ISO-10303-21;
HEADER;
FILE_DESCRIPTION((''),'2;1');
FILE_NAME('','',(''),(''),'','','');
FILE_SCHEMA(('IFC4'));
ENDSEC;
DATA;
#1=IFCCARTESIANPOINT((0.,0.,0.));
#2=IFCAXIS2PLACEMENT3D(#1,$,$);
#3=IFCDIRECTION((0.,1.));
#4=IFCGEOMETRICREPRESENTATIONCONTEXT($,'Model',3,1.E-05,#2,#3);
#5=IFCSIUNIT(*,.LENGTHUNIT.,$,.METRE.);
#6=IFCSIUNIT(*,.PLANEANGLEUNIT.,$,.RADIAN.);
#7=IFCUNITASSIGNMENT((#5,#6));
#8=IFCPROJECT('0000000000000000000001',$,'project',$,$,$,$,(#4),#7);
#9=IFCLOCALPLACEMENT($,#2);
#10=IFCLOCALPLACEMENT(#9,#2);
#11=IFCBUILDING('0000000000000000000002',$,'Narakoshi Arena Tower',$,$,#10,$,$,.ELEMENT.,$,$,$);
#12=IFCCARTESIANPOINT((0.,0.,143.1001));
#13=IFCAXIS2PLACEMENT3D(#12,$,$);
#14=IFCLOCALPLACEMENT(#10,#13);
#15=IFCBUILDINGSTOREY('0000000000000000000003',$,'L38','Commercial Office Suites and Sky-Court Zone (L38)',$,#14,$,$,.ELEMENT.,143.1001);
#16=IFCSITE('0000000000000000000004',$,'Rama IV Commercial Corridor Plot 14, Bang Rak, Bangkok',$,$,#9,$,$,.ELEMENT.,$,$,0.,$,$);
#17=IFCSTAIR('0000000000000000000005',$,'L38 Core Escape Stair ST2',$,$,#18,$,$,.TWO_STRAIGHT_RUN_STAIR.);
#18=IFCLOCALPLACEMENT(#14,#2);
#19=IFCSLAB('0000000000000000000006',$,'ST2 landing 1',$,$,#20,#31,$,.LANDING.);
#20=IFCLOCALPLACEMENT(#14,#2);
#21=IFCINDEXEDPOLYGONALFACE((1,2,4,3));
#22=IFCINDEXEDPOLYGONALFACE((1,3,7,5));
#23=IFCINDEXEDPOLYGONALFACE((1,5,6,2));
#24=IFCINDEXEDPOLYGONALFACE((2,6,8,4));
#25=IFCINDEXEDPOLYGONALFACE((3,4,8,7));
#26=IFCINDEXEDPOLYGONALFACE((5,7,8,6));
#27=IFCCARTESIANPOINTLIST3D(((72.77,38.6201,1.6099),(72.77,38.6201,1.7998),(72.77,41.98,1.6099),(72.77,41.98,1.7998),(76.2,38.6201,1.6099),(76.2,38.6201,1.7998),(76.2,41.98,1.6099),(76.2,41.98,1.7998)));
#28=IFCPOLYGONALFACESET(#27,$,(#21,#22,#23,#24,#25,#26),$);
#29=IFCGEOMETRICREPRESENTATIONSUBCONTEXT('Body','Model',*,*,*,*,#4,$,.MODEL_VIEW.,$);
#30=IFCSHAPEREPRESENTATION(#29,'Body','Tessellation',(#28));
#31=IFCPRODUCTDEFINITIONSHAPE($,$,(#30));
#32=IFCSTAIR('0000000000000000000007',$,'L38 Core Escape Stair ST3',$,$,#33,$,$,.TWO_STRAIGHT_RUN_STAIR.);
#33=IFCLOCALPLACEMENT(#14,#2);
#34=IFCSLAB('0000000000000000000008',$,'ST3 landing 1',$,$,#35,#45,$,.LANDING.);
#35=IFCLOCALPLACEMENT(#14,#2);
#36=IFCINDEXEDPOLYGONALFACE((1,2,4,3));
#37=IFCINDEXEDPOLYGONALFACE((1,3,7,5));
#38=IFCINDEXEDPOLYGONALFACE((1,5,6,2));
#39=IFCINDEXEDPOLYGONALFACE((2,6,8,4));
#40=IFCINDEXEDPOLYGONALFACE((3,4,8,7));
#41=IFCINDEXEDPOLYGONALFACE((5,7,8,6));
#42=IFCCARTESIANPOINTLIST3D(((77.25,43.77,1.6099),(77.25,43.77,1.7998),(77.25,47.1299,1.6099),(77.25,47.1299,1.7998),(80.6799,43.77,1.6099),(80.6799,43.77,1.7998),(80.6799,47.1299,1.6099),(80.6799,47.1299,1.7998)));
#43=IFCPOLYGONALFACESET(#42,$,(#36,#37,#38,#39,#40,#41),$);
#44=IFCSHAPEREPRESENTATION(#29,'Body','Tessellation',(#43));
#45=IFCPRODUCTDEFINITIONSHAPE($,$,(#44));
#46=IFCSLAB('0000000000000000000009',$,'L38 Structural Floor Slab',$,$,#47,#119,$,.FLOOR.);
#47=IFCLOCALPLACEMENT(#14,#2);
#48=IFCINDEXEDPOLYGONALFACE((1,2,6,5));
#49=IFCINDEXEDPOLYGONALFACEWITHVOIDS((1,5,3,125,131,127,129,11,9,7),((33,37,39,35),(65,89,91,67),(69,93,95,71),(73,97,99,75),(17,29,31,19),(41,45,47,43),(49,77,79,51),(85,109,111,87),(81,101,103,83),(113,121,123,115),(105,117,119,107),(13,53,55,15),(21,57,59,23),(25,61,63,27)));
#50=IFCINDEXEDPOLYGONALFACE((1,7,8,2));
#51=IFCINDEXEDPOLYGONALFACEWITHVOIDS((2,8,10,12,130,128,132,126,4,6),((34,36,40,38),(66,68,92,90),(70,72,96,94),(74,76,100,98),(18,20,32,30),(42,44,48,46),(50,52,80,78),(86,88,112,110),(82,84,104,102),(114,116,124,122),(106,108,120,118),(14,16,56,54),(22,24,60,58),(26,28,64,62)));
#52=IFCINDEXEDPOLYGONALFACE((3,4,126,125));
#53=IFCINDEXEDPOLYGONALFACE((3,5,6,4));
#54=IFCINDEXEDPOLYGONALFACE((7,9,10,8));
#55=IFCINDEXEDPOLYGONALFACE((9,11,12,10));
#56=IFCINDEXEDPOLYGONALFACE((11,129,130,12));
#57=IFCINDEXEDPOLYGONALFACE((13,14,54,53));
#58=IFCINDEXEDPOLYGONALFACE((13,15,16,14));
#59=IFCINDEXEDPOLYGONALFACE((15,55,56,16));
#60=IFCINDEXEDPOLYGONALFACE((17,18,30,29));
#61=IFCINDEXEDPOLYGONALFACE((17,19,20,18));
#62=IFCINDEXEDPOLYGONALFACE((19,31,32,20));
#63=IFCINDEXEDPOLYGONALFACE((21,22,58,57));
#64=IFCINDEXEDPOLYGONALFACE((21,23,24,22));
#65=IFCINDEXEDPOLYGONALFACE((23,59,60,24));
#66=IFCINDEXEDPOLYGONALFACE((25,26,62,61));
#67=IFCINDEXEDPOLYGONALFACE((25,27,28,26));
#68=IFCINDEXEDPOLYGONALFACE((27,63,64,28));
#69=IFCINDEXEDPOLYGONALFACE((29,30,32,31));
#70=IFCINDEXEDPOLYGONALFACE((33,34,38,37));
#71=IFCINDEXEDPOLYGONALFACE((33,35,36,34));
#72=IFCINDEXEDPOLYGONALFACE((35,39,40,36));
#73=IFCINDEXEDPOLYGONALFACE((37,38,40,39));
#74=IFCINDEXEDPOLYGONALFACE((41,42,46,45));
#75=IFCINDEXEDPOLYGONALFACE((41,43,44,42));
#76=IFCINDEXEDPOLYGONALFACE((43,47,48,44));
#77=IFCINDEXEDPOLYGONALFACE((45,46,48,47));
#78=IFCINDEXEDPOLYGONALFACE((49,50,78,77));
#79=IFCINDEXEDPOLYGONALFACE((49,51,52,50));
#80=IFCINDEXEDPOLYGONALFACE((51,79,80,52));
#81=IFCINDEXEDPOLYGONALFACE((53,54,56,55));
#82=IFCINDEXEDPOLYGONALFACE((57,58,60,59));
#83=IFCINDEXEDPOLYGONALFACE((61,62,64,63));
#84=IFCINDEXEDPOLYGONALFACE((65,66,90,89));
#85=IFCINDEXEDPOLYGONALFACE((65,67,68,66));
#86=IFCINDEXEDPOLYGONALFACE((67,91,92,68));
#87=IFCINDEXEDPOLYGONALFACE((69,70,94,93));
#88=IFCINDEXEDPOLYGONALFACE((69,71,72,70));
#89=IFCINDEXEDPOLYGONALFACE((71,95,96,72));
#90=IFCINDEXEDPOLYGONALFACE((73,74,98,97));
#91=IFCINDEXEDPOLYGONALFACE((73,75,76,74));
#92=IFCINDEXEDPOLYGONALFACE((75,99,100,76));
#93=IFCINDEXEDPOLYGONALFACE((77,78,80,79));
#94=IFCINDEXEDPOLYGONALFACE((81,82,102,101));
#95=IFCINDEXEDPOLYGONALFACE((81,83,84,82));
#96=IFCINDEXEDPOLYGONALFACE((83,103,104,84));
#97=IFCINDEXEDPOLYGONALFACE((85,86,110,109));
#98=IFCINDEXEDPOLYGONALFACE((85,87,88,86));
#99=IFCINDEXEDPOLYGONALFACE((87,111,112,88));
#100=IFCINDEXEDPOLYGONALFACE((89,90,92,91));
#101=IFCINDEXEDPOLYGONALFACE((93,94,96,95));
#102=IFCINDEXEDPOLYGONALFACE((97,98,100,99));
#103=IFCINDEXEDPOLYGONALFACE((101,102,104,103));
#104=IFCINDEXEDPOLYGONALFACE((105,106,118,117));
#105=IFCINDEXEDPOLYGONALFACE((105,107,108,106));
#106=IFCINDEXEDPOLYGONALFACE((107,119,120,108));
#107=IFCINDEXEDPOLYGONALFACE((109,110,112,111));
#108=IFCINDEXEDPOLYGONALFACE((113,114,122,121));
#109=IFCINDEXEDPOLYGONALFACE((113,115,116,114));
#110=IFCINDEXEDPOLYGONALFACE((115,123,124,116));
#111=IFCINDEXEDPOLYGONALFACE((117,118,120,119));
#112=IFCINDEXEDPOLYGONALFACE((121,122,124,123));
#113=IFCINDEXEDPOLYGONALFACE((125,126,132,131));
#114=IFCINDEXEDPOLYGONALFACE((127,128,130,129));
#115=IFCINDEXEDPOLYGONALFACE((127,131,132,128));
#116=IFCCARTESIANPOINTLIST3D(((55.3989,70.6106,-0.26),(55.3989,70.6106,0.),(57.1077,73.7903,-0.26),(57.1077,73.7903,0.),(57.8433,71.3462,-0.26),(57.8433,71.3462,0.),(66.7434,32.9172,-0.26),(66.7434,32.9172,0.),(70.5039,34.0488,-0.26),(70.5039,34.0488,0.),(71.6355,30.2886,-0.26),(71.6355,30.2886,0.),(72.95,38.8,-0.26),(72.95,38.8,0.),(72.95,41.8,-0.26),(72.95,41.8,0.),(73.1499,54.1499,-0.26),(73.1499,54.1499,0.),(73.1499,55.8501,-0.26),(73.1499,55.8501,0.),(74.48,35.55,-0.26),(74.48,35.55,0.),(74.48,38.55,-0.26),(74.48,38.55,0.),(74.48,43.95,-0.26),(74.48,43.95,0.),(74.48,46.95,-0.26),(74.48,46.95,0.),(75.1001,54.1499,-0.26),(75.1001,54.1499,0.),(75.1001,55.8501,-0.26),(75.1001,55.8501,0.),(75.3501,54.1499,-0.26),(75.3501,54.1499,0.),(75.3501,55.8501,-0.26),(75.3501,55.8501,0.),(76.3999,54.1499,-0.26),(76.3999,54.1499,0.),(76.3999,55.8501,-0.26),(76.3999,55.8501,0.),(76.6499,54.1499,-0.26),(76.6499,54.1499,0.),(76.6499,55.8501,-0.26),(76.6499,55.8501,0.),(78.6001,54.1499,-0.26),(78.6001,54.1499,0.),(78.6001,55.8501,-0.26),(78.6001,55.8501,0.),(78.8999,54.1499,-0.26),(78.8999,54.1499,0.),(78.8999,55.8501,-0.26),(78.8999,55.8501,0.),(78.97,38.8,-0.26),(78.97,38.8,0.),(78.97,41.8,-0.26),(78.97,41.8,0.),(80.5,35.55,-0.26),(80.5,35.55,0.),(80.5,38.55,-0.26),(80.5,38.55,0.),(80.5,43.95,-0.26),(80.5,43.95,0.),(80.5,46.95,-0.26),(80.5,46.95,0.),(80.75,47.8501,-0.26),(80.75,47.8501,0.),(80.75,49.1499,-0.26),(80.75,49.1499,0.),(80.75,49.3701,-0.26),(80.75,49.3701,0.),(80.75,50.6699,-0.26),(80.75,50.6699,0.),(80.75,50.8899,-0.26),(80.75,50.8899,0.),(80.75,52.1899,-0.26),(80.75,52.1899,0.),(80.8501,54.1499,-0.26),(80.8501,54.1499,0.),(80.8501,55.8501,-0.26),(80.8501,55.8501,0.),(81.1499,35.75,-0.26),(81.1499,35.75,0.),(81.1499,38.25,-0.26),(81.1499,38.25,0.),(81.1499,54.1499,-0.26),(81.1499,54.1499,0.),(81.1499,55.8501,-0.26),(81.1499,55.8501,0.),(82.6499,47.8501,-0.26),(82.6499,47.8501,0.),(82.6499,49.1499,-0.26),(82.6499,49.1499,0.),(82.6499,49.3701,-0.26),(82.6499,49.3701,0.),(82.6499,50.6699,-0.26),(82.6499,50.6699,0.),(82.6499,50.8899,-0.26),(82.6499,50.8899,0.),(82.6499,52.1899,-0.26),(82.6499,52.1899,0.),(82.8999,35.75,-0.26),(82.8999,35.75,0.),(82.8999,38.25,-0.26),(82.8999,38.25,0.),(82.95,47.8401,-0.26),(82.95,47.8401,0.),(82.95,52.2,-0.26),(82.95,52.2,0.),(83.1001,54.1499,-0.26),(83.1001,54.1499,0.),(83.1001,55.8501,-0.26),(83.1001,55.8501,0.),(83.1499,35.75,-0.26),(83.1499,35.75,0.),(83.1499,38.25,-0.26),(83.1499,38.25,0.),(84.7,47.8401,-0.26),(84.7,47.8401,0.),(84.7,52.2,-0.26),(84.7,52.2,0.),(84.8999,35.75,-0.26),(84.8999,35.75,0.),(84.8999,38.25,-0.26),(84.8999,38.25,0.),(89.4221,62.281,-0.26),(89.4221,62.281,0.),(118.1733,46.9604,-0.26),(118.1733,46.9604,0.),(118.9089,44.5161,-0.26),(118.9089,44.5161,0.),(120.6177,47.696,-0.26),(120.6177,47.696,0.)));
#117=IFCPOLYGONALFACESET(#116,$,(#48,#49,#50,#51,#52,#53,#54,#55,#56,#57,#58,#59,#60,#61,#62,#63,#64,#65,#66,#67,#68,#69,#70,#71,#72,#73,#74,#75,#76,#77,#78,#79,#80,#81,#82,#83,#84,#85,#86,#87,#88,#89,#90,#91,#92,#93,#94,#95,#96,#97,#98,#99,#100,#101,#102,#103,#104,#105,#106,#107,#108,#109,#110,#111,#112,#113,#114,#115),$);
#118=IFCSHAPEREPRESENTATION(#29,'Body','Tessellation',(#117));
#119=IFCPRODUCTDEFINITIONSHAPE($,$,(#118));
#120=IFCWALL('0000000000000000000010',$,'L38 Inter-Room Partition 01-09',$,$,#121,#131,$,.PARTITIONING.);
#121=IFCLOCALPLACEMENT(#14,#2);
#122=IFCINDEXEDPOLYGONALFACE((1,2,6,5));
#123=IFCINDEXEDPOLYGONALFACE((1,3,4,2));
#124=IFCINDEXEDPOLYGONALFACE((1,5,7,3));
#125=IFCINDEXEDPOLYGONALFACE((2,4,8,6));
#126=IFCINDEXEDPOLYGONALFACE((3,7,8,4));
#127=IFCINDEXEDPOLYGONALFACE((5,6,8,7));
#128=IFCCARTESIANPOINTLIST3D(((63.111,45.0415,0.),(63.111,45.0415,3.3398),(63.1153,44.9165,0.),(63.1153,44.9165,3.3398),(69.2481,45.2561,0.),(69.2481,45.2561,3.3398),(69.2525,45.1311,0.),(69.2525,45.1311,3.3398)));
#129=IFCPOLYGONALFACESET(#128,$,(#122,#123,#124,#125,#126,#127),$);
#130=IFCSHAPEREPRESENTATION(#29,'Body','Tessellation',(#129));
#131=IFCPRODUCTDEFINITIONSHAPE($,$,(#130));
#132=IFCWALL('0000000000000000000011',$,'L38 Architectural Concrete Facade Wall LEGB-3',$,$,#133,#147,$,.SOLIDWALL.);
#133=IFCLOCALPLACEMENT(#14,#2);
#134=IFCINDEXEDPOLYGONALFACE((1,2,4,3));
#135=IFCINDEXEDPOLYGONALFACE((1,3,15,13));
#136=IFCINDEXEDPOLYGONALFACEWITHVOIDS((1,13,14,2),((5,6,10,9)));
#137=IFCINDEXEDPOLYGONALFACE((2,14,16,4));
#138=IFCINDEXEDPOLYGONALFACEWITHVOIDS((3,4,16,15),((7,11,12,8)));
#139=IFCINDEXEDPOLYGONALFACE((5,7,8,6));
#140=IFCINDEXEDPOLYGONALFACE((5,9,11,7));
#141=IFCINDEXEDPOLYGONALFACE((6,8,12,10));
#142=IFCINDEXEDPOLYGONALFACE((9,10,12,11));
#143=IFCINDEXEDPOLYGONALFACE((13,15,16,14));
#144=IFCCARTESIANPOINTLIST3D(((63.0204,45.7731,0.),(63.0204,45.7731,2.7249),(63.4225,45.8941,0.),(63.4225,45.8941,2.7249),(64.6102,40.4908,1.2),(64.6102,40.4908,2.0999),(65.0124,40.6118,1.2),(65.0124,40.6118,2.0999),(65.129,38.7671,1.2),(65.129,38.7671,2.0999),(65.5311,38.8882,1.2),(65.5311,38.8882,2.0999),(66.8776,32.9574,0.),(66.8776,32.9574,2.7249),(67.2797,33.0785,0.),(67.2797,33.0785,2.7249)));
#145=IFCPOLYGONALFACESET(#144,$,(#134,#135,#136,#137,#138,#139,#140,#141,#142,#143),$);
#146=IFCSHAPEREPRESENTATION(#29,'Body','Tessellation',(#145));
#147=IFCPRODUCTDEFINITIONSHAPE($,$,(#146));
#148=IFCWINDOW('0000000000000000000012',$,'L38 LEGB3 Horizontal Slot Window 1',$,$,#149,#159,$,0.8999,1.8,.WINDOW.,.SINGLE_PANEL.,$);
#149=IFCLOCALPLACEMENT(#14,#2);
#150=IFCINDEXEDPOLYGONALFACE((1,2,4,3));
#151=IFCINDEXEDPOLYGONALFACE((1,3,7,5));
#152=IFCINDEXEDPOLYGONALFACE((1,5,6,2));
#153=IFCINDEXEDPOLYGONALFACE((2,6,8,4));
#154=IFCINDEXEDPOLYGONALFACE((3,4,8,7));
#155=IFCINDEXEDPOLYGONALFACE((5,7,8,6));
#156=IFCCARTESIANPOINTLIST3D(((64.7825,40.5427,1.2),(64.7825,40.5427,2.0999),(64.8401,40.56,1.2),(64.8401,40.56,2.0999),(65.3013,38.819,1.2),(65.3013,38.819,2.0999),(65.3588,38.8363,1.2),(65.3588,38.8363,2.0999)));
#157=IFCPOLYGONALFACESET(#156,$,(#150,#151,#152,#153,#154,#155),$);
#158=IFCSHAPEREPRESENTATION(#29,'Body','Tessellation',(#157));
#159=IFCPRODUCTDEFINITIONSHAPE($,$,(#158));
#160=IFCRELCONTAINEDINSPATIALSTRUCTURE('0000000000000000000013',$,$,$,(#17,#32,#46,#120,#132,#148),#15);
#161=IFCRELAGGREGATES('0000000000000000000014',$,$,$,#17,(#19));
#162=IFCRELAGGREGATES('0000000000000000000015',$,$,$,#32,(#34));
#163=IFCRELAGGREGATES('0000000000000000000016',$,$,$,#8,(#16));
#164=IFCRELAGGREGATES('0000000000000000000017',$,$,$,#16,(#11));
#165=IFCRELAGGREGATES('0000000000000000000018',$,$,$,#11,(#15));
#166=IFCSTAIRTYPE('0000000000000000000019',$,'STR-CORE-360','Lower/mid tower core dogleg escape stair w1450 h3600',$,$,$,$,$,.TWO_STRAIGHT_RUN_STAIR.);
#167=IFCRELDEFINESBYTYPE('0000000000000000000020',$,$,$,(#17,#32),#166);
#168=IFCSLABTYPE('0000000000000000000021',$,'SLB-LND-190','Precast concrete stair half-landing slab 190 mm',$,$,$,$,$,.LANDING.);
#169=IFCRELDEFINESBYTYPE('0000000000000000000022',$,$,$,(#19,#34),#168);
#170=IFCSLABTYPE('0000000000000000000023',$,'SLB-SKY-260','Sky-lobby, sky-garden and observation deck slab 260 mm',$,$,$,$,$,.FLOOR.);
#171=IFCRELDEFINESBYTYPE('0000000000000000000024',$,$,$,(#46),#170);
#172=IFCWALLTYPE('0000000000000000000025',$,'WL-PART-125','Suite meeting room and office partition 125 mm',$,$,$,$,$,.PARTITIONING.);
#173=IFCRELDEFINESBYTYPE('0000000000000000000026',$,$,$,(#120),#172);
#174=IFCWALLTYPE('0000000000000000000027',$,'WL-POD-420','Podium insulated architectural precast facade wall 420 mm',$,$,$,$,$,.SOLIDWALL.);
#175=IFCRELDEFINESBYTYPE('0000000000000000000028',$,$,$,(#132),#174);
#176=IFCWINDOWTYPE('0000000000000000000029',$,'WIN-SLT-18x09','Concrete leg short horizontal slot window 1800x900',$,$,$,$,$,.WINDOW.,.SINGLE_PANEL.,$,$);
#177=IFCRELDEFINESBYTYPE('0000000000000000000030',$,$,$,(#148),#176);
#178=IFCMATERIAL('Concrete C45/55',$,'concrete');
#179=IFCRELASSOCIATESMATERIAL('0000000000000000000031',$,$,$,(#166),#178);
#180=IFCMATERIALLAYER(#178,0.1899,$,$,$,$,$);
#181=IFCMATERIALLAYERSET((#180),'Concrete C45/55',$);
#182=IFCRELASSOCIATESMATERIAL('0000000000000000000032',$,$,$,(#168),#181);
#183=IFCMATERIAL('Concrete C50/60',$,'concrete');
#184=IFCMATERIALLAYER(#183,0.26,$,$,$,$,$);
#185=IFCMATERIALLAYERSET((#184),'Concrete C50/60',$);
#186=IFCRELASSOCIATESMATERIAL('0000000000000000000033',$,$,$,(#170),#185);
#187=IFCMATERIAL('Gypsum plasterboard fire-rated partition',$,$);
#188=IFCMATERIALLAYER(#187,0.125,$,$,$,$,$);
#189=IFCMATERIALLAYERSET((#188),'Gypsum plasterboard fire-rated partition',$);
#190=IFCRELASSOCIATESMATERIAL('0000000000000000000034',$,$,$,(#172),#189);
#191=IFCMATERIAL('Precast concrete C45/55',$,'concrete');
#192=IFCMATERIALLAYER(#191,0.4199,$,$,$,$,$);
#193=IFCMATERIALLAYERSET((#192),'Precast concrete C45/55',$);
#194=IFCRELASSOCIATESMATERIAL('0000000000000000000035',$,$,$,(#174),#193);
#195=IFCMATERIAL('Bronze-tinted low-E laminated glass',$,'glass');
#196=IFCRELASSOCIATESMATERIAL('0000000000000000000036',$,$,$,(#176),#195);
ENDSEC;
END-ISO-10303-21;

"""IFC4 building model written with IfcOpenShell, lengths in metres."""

from ifc_helpers import new_model, si_unit, direction, frame, frame_2d, origin, place, context, subcontext, project, spatial, polyline, rectangle, outline, extrude, material, layer, layer_set, type_object, element, fill, aggregate, save


model = new_model("IFC4")

# Units and contexts
model_context = context("Model", 3, precision=1e-05, world=origin(), true_north=direction((0.0, 1.0)))
body_context = subcontext(model_context, "Body", "Model", "MODEL_VIEW")
ifc_project = project(units=[si_unit("LENGTHUNIT", "METRE"), si_unit("PLANEANGLEUNIT", "RADIAN")], contexts=[model_context])

# Site, building, storey
site_placement = place(None, origin())
site = spatial("IfcSite", under=ifc_project, at=site_placement, Name="Rama IV Commercial Corridor Plot 14, Bang Rak, Bangkok", CompositionType="ELEMENT", RefElevation=0.0)
building_placement = place(site_placement, origin())
building = spatial("IfcBuilding", under=site, at=building_placement, Name="Narakoshi Arena Tower", CompositionType="ELEMENT")
storey_placement = place(building_placement, frame((0.0, 0.0, 143.1001)))
storey = spatial("IfcBuildingStorey", under=building, at=storey_placement, Name="L38", Description="Commercial Office Suites and Sky-Court Zone (L38)", CompositionType="ELEMENT", Elevation=143.1001)

# Stairs, slabs
ifc_material_1 = material(Name="Concrete C45/55", Category="concrete")
stair_type = type_object("IfcStairType", Name="STR-CORE-360", Description="Lower/mid tower core dogleg escape stair w1450 h3600", PredefinedType="TWO_STRAIGHT_RUN_STAIR", material=ifc_material_1)
ifc_layer_1 = layer(ifc_material_1, 0.1899)
ifc_layer_set_1 = layer_set([ifc_layer_1], Name="Concrete C45/55")
slab_type_1 = type_object("IfcSlabType", Name="SLB-LND-190", Description="Precast concrete stair half-landing slab 190 mm", PredefinedType="LANDING", material=ifc_layer_set_1)
stair_1_placement = place(storey_placement, origin())
stair_1 = element("IfcStair", 1, at=stair_1_placement, inside=storey, type_object=stair_type, Name="L38 Core Escape Stair ST2", PredefinedType="TWO_STRAIGHT_RUN_STAIR")
slab_1_placement = place(storey_placement, frame((0.0, 0.0, 1.6099)))
slab_1 = element("IfcSlab", 2, at=slab_1_placement, type_object=slab_type_1, Name="ST2 landing 1", PredefinedType="LANDING", context=body_context, shape_type="SweptSolid", body=[
    extrude(outline(polyline([(72.77, 38.6201), (76.2, 38.6201), (76.2, 41.98), (72.77, 41.98), (72.77, 38.6201)])), origin(), (0.0, 0.0, 1.0), 0.1899),
])
aggregate(stair_1, [slab_1])
stair_2_placement = place(storey_placement, origin())
stair_2 = element("IfcStair", 3, at=stair_2_placement, inside=storey, type_object=stair_type, Name="L38 Core Escape Stair ST3", PredefinedType="TWO_STRAIGHT_RUN_STAIR")
slab_2_placement = place(storey_placement, frame((0.0, 0.0, 1.6099)))
slab_2 = element("IfcSlab", 4, at=slab_2_placement, type_object=slab_type_1, Name="ST3 landing 1", PredefinedType="LANDING", context=body_context, shape_type="SweptSolid", body=[
    extrude(outline(polyline([(77.25, 43.77), (80.6799, 43.77), (80.6799, 47.1299), (77.25, 47.1299), (77.25, 43.77)])), origin(), (0.0, 0.0, 1.0), 0.1899),
])
aggregate(stair_2, [slab_2])

# Slab
ifc_material_2 = material(Name="Concrete C50/60", Category="concrete")
ifc_layer_2 = layer(ifc_material_2, 0.26)
ifc_layer_set_2 = layer_set([ifc_layer_2], Name="Concrete C50/60")
slab_type_2 = type_object("IfcSlabType", Name="SLB-SKY-260", Description="Sky-lobby, sky-garden and observation deck slab 260 mm", PredefinedType="FLOOR", material=ifc_layer_set_2)
slab_3_placement = place(storey_placement, frame((0.0, 0.0, -0.26)))
element("IfcSlab", 5, at=slab_3_placement, inside=storey, type_object=slab_type_2, Name="L38 Structural Floor Slab", PredefinedType="FLOOR", context=body_context, shape_type="SweptSolid", body=[
    extrude(outline(polyline([(71.6355, 30.2886), (118.9089, 44.5161), (118.1733, 46.9604), (120.6177, 47.696), (89.4221, 62.281), (57.1077, 73.7903), (57.8433, 71.3462), (55.3989, 70.6106), (66.7434, 32.9172), (70.5039, 34.0488), (71.6355, 30.2886)]), holes=[polyline([(80.5, 35.55), (74.48, 35.55), (74.48, 38.55), (80.5, 38.55), (80.5, 35.55)]), polyline([(82.8999, 35.75), (81.1499, 35.75), (81.1499, 38.25), (82.8999, 38.25), (82.8999, 35.75)]), polyline([(83.1499, 35.75), (83.1499, 38.25), (84.8999, 38.25), (84.8999, 35.75), (83.1499, 35.75)]), polyline([(72.95, 38.8), (72.95, 41.8), (78.97, 41.8), (78.97, 38.8), (72.95, 38.8)]), polyline([(74.48, 43.95), (74.48, 46.95), (80.5, 46.95), (80.5, 43.95), (74.48, 43.95)]), polyline([(82.95, 47.8401), (82.95, 52.2), (84.7, 52.2), (84.7, 47.8401), (82.95, 47.8401)]), polyline([(80.75, 47.8501), (80.75, 49.1499), (82.6499, 49.1499), (82.6499, 47.8501), (80.75, 47.8501)]), polyline([(80.75, 49.3701), (80.75, 50.6699), (82.6499, 50.6699), (82.6499, 49.3701), (80.75, 49.3701)]), polyline([(80.75, 50.8899), (80.75, 52.1899), (82.6499, 52.1899), (82.6499, 50.8899), (80.75, 50.8899)]), polyline([(73.1499, 54.1499), (73.1499, 55.8501), (75.1001, 55.8501), (75.1001, 54.1499), (73.1499, 54.1499)]), polyline([(75.3501, 54.1499), (75.3501, 55.8501), (76.3999, 55.8501), (76.3999, 54.1499), (75.3501, 54.1499)]), polyline([(76.6499, 54.1499), (76.6499, 55.8501), (78.6001, 55.8501), (78.6001, 54.1499), (76.6499, 54.1499)]), polyline([(78.8999, 54.1499), (78.8999, 55.8501), (80.8501, 55.8501), (80.8501, 54.1499), (78.8999, 54.1499)]), polyline([(81.1499, 54.1499), (81.1499, 55.8501), (83.1001, 55.8501), (83.1001, 54.1499), (81.1499, 54.1499)])]), origin(), (0.0, 0.0, 1.0), 0.26),
])

# Wall
ifc_material_3 = material(Name="Gypsum plasterboard fire-rated partition")
ifc_layer_3 = layer(ifc_material_3, 0.125)
ifc_layer_set_3 = layer_set([ifc_layer_3], Name="Gypsum plasterboard fire-rated partition")
wall_type_1 = type_object("IfcWallType", Name="WL-PART-125", Description="Suite meeting room and office partition 125 mm", PredefinedType="PARTITIONING", material=ifc_layer_set_3)
wall_1_placement = place(storey_placement, frame((63.1133, 44.979, 0.0), z_axis=(0.0, 0.0, 1.0), x_axis=(0.999389, 0.034946, 0.0)))
element("IfcWall", 6, at=wall_1_placement, inside=storey, type_object=wall_type_1, Name="L38 Inter-Room Partition 01-09", PredefinedType="PARTITIONING", context=body_context, shape_type="SweptSolid", body=[
    extrude(rectangle(XDim=6.1409, YDim=0.125, at=frame_2d((3.0703, 0.0))), origin(), (0.0, 0.0, 1.0), 3.3398),
])

# Wall, opening, window
ifc_material_4 = material(Name="Precast concrete C45/55", Category="concrete")
ifc_layer_4 = layer(ifc_material_4, 0.4199)
ifc_layer_set_4 = layer_set([ifc_layer_4], Name="Precast concrete C45/55")
wall_type_2 = type_object("IfcWallType", Name="WL-POD-420", Description="Podium insulated architectural precast facade wall 420 mm", PredefinedType="SOLIDWALL", material=ifc_layer_set_4)
wall_2_placement = place(storey_placement, frame((63.2214, 45.8337, 0.0), z_axis=(0.0, 0.0, 1.0), x_axis=(0.288203, -0.957569, 0.0)))
wall_2 = element("IfcWall", 7, at=wall_2_placement, inside=storey, type_object=wall_type_2, Name="L38 Architectural Concrete Facade Wall LEGB-3", PredefinedType="SOLIDWALL", context=body_context, shape_type="SweptSolid", body=[
    extrude(rectangle(XDim=13.3835, YDim=0.4199, at=frame_2d((6.6919, 0.0))), origin(), (0.0, 0.0, 1.0), 2.7249),
])
opening_placement = place(wall_2_placement, frame((5.5166, 0.0, 1.2)))
opening = element("IfcOpeningElement", 8, at=opening_placement, cuts=wall_2, PredefinedType="OPENING", context=body_context, shape_type="SweptSolid", body=[
    extrude(rectangle(XDim=1.8, YDim=0.8999, at=frame_2d((0.8999, 0.45))), frame((0.0, 0.22, 0.0), z_axis=(0.0, -1.0, 0.0), x_axis=(1.0, 0.0, 0.0)), (0.0, 0.0, 1.0), 0.4399),
])
ifc_material_5 = material(Name="Bronze-tinted low-E laminated glass", Category="glass")
window_type = type_object("IfcWindowType", Name="WIN-SLT-18x09", Description="Concrete leg short horizontal slot window 1800x900", PartitioningType="SINGLE_PANEL", PredefinedType="WINDOW", material=ifc_material_5)
window_placement = place(opening_placement, origin())
window = element("IfcWindow", 9, at=window_placement, inside=storey, type_object=window_type, Name="L38 LEGB3 Horizontal Slot Window 1", OverallHeight=0.8999, OverallWidth=1.8, PartitioningType="SINGLE_PANEL", PredefinedType="WINDOW", context=body_context, shape_type="SweptSolid", body=[
    extrude(rectangle(XDim=1.8, YDim=0.8999, at=frame_2d((0.8999, 0.45))), frame((0.0, 0.03, 0.0), z_axis=(0.0, -1.0, 0.0), x_axis=(1.0, 0.0, 0.0)), (0.0, 0.0, 1.0), 0.0601),
])
fill(opening, window)

save(model, "model.ifc")
